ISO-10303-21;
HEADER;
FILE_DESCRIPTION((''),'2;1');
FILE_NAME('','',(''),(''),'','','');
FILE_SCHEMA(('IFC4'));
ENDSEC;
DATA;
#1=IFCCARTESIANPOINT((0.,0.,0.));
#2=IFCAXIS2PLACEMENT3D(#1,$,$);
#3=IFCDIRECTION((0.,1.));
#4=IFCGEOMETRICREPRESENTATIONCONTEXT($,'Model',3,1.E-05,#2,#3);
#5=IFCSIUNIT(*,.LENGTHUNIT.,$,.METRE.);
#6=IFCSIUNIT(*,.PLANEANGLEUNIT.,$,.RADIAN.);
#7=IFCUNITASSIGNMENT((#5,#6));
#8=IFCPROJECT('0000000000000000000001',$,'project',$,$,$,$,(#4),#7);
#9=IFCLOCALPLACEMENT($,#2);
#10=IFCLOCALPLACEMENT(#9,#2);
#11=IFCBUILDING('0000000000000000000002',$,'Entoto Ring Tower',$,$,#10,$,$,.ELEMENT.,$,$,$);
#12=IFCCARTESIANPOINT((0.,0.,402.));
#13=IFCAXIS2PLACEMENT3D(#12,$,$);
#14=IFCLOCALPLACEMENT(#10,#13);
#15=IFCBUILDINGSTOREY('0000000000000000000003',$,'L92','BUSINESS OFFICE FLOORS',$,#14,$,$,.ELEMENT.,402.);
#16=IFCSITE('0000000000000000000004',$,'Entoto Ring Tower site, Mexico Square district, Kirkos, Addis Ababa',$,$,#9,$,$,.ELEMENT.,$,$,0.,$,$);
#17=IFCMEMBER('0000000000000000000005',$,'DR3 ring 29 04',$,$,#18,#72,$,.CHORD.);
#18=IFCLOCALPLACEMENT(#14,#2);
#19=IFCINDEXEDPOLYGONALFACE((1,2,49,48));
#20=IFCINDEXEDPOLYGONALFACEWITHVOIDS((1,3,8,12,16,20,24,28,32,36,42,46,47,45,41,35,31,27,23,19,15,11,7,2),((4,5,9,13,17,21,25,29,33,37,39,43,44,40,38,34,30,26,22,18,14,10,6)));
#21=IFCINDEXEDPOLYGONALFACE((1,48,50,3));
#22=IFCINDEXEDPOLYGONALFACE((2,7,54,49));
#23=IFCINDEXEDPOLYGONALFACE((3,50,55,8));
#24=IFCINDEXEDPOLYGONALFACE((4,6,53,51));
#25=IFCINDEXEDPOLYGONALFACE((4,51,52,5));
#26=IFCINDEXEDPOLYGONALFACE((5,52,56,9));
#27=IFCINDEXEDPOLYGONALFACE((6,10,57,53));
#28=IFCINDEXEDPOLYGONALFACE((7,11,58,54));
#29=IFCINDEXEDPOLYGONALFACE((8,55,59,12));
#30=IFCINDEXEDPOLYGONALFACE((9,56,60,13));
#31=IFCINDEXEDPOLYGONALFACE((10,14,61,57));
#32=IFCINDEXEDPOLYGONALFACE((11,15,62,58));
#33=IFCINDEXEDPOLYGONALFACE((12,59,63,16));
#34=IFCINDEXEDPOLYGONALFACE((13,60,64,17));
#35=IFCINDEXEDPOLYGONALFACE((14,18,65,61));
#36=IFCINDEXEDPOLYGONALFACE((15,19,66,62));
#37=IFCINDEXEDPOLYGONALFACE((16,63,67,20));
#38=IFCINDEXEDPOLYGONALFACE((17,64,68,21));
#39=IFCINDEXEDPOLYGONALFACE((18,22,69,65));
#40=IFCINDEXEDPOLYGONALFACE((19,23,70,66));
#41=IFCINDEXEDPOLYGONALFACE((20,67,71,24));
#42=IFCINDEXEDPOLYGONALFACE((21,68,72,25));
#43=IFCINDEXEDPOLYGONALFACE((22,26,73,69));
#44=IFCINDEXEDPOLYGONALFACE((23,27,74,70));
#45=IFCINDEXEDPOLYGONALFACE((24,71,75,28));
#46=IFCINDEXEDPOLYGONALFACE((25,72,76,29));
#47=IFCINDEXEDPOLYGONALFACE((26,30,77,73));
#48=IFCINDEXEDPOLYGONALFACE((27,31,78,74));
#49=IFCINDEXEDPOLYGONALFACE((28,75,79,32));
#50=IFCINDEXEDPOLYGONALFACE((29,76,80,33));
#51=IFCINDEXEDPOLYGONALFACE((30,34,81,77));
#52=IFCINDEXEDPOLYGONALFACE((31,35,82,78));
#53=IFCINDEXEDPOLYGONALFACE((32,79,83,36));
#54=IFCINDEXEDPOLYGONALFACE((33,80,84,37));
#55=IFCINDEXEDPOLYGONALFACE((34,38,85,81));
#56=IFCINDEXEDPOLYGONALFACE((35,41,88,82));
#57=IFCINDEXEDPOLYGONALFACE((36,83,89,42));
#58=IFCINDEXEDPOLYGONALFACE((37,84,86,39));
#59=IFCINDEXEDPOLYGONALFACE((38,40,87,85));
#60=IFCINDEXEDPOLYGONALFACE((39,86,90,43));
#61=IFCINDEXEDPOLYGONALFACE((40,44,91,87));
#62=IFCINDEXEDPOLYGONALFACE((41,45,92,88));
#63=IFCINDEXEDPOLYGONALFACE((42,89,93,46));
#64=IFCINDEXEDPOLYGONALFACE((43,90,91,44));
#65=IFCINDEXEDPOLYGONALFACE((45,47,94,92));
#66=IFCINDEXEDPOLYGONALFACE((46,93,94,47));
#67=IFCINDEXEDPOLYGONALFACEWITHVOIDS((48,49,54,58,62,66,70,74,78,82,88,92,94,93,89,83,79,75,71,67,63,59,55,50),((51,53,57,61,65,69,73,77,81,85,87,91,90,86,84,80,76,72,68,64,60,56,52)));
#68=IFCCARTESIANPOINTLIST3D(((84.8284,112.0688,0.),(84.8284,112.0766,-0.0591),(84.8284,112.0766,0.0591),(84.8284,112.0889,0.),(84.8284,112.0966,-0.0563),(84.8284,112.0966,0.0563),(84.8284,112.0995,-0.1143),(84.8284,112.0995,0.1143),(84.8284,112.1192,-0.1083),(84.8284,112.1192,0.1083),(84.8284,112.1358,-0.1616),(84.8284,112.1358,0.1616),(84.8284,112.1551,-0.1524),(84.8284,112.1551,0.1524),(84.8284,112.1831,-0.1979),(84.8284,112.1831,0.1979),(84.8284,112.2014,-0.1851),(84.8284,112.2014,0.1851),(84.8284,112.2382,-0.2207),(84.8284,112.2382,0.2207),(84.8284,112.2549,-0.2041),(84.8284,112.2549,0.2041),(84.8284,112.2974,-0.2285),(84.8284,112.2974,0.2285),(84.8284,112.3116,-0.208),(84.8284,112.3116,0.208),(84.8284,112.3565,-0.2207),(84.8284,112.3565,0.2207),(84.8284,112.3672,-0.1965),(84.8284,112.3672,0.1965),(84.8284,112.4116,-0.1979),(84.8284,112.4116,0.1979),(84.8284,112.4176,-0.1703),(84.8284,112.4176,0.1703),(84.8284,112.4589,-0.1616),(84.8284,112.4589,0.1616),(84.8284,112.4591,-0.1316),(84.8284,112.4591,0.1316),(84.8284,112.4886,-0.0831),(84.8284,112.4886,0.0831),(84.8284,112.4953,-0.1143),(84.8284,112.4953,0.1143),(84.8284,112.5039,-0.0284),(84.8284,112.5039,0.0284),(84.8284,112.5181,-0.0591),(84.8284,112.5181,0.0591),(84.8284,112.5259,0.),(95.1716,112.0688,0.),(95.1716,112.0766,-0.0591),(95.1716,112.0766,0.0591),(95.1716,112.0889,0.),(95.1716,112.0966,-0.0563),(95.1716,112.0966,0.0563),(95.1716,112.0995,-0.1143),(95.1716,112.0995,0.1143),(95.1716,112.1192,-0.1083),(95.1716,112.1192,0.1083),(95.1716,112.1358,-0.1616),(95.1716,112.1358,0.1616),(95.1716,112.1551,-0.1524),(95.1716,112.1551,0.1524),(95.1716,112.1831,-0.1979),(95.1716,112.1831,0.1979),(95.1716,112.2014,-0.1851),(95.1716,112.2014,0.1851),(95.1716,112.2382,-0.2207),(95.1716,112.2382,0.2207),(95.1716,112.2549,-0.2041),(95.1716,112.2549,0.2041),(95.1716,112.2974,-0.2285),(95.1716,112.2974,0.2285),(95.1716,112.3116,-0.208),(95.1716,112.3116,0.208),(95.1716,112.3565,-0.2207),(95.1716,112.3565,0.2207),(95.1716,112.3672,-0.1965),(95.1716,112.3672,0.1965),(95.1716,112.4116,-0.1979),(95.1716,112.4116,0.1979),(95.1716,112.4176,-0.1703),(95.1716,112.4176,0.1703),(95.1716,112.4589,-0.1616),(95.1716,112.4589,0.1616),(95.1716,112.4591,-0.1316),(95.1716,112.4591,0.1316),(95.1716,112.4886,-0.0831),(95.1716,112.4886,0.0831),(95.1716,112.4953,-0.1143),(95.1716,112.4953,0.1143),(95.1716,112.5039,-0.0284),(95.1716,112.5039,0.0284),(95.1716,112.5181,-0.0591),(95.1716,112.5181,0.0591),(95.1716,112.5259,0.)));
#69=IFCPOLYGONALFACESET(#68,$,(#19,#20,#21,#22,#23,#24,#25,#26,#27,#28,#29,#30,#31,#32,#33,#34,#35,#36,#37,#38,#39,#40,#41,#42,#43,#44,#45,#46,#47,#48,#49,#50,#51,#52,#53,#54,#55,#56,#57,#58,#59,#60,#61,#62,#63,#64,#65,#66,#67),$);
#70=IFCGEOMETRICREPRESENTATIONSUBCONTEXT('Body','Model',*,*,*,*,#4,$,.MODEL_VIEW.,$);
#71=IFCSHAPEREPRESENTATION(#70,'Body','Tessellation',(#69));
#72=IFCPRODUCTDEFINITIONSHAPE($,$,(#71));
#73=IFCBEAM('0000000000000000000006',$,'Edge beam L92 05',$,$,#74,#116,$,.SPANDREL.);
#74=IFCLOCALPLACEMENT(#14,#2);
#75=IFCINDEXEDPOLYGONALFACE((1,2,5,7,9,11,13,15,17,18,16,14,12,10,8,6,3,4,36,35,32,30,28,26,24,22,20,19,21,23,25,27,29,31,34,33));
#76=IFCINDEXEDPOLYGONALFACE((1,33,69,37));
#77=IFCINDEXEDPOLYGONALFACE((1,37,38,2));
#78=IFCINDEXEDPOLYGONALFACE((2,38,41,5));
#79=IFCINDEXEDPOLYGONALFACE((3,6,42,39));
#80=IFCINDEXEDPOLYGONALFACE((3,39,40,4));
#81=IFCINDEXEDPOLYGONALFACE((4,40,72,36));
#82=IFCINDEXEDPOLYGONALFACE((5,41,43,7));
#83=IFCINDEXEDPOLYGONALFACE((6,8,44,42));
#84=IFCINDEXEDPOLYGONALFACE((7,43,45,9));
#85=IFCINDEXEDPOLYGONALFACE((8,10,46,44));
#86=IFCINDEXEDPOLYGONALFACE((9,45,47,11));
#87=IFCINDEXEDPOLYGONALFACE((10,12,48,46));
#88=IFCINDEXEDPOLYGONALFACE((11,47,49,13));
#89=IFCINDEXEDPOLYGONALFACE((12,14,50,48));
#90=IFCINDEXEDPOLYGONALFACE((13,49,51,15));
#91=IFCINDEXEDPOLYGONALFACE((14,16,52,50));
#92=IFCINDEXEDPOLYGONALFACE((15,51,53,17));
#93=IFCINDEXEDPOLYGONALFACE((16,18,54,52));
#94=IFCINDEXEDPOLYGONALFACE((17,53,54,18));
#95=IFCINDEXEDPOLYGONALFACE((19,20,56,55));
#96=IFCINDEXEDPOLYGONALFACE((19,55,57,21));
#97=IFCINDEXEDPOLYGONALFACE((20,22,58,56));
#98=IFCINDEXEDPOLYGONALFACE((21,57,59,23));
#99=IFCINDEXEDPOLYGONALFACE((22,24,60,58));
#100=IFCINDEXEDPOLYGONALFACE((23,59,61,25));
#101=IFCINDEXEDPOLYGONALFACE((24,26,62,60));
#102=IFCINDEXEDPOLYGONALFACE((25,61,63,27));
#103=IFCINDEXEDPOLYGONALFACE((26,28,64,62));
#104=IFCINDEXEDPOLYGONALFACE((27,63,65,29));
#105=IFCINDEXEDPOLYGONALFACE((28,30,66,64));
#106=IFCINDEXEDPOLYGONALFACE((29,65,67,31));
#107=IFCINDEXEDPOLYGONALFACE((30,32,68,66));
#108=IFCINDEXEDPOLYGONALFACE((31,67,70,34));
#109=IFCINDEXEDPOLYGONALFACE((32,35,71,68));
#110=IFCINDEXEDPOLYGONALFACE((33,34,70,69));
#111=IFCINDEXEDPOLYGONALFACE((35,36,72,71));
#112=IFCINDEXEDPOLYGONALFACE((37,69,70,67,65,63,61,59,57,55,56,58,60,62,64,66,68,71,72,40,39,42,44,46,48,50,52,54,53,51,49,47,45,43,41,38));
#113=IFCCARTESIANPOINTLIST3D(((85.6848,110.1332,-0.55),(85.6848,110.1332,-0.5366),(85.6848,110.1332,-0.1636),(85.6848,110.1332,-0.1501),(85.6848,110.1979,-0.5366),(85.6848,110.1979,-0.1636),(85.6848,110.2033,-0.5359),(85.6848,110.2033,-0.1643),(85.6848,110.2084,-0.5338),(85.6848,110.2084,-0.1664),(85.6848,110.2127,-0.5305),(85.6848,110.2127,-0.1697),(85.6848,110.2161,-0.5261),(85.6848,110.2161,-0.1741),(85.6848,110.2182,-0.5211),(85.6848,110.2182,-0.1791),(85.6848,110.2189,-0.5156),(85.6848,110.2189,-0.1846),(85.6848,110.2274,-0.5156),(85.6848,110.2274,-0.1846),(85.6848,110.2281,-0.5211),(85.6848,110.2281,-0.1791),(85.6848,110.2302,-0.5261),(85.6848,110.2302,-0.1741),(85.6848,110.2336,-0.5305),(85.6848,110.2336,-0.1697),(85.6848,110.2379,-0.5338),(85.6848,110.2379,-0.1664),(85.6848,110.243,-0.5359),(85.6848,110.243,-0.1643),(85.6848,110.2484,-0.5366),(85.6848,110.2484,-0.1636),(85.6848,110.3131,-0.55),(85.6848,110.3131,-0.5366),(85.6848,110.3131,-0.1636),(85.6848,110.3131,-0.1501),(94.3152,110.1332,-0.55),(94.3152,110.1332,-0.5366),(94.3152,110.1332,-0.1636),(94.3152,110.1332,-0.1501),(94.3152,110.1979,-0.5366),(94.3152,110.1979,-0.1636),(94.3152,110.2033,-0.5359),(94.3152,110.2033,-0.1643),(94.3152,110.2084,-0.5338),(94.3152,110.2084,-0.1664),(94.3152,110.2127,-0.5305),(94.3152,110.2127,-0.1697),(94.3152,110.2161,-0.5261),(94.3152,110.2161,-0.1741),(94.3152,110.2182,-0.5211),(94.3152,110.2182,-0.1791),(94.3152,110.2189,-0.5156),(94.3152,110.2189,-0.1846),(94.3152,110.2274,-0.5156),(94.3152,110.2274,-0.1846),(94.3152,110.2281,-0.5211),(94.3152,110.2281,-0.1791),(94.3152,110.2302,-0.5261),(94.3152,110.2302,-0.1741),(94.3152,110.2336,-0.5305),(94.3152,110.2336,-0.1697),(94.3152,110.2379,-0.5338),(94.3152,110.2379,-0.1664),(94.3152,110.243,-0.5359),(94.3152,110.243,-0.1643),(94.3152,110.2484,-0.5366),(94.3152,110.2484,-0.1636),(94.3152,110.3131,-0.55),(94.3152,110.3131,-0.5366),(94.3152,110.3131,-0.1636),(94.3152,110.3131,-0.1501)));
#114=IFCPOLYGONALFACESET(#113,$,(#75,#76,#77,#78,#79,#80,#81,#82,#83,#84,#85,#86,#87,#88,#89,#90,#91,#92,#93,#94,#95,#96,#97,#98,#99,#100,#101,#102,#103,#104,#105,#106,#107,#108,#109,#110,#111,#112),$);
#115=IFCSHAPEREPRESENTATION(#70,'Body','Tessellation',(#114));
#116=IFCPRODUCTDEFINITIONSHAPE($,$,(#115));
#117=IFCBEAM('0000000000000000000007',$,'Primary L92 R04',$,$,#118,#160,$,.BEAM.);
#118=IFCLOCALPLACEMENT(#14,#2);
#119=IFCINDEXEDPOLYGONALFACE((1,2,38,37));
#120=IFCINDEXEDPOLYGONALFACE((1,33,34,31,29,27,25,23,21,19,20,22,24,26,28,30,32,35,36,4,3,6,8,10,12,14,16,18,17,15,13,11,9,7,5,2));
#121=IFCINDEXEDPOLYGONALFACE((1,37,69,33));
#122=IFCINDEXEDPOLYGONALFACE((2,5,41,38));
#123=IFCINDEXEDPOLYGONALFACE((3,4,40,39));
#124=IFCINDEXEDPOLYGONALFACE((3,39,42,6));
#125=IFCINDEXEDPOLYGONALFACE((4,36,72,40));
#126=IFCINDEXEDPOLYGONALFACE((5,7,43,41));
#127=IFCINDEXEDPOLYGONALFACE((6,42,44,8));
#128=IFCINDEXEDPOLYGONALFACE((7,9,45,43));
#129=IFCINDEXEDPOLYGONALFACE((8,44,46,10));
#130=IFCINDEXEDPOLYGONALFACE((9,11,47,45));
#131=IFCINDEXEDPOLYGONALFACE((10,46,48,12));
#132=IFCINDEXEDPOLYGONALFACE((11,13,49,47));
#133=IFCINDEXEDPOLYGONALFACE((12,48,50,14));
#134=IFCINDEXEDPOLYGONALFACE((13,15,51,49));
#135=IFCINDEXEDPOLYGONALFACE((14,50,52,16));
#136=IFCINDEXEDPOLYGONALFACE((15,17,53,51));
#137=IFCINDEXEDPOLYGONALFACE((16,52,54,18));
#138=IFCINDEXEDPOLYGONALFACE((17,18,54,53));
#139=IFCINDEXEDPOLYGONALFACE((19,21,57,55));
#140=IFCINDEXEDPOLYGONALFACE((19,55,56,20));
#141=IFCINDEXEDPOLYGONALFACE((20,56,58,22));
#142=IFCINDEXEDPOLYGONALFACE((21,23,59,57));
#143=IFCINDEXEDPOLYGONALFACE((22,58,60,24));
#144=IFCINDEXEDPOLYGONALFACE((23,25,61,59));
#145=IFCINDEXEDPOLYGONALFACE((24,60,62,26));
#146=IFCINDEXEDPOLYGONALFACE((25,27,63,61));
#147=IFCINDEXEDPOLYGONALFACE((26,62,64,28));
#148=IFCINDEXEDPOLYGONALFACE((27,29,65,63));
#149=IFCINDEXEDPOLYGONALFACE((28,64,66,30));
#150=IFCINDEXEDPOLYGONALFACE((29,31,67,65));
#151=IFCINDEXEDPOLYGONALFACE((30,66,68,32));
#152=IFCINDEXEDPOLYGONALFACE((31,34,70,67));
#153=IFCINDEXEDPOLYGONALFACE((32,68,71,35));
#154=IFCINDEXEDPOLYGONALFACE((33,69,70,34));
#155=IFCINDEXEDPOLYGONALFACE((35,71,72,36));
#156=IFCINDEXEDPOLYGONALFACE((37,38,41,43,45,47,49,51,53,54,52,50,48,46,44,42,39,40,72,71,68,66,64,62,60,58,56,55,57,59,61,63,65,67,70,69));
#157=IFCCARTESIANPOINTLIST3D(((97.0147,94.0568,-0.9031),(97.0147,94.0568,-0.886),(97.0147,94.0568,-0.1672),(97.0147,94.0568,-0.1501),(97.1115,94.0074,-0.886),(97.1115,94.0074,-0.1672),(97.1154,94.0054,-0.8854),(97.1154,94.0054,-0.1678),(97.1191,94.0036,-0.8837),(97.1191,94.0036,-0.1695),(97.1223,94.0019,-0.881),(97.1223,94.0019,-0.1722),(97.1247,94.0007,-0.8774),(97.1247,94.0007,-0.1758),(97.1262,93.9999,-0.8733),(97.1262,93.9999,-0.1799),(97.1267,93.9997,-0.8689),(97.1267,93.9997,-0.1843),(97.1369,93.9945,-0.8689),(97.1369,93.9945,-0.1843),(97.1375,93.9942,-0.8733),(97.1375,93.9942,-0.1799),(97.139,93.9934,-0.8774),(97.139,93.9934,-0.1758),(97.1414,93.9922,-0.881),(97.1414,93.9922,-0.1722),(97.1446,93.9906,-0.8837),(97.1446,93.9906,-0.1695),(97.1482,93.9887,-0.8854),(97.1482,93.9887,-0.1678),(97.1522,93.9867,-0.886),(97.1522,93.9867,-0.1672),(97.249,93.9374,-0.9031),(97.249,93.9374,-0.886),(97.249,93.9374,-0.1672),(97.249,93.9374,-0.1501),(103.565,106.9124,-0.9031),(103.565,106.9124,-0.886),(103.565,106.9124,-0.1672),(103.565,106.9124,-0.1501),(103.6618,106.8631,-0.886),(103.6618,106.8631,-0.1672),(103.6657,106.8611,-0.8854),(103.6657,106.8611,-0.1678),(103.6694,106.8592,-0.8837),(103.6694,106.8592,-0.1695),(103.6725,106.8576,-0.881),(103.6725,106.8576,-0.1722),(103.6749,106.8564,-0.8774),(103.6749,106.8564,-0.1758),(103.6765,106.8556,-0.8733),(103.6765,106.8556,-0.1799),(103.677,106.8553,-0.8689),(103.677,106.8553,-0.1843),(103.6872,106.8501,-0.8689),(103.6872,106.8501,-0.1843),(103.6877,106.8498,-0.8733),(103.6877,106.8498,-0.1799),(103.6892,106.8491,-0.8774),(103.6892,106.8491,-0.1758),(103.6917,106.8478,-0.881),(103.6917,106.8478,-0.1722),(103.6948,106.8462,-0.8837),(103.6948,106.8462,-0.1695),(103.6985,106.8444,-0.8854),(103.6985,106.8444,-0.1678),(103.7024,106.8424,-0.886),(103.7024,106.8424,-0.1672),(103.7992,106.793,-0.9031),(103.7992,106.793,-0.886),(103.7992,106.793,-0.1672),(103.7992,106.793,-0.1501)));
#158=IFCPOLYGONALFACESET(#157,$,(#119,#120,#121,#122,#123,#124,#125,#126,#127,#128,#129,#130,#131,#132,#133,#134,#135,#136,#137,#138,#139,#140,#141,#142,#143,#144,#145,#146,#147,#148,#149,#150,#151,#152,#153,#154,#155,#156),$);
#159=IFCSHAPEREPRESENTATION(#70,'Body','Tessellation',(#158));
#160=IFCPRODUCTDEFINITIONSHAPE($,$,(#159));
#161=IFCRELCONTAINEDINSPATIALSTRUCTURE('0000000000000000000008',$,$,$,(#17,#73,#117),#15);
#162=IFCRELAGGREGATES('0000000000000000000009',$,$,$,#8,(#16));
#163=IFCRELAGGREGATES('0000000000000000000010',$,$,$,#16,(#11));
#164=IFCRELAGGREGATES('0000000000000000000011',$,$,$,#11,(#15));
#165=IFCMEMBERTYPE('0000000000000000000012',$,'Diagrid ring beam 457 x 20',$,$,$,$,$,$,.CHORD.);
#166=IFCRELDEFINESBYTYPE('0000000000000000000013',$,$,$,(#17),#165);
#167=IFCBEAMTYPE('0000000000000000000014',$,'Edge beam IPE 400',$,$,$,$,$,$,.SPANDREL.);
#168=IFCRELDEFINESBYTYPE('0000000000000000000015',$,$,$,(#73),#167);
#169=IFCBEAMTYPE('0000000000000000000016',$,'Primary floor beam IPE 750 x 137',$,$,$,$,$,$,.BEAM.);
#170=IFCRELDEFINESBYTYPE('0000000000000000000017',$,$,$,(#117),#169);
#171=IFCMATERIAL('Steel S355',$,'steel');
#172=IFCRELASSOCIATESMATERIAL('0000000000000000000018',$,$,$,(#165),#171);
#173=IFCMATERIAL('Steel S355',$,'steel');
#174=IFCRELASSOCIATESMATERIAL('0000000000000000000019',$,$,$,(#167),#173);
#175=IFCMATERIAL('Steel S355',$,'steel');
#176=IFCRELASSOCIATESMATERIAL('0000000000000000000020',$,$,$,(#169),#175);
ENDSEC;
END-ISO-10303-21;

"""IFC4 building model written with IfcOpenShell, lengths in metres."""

from ifc_helpers import new_model, si_unit, direction, frame, origin, origin_2d, place, context, subcontext, project, spatial, circle, hollow_circle, i_section, extrude, material, material_profile, profile_set, type_object, element, save


model = new_model("IFC4")

# Units and contexts
model_context = context("Model", 3, precision=1e-05, world=origin(), true_north=direction((0.0, 1.0)))
body_context = subcontext(model_context, "Body", "Model", "MODEL_VIEW")
ifc_project = project(units=[si_unit("LENGTHUNIT", "METRE"), si_unit("PLANEANGLEUNIT", "RADIAN")], contexts=[model_context])

# Site, building, storey
site_placement = place(None, origin())
site = spatial("IfcSite", under=ifc_project, at=site_placement, Name="Entoto Ring Tower site, Mexico Square district, Kirkos, Addis Ababa", CompositionType="ELEMENT", RefElevation=0.0)
building_placement = place(site_placement, origin())
building = spatial("IfcBuilding", under=site, at=building_placement, Name="Entoto Ring Tower", CompositionType="ELEMENT")
storey_placement = place(building_placement, frame((0.0, 0.0, 402.0)))
storey = spatial("IfcBuildingStorey", under=building, at=storey_placement, Name="L92", Description="BUSINESS OFFICE FLOORS", CompositionType="ELEMENT", Elevation=402.0)

# Member
ifc_material_1 = material(Name="Steel S355", Category="steel")
ifc_material_profile_1 = material_profile(ifc_material_1, hollow_circle(Radius=0.2285, WallThickness=0.02, at=origin_2d()), Name="CHS 457 x 20")
ifc_material_2 = material(Name="Concrete C60/75", Category="concrete")
ifc_material_profile_2 = material_profile(ifc_material_2, circle(Radius=0.2085, at=origin_2d()), Name="Concrete C60/75 infill")
ifc_profile_set_1 = profile_set([ifc_material_profile_1, ifc_material_profile_2], Name="Steel S355")
member_type = type_object("IfcMemberType", Name="Diagrid ring beam 457 x 20", PredefinedType="CHORD", material=ifc_profile_set_1)
member_placement = place(storey_placement, frame((95.1716, 112.2974, 0.0), z_axis=(-1.0, 0.0, 0.0), x_axis=(0.0, -1.0, 0.0)))
element("IfcMember", 1, at=member_placement, inside=storey, type_object=member_type, Name="DR3 ring 29 04", PredefinedType="CHORD", context=body_context, shape_type="SweptSolid", body=[
    extrude(hollow_circle(Radius=0.2285, WallThickness=0.02, at=origin_2d()), origin(), (0.0, 0.0, 1.0), 10.3433),
])

# Beams
ifc_material_3 = material(Name="Steel S355", Category="steel")
ifc_material_profile_3 = material_profile(ifc_material_3, i_section(OverallWidth=0.1799, OverallDepth=0.3999, WebThickness=0.0085, FlangeThickness=0.0134, FilletRadius=0.021, at=origin_2d()), Name="IPE 400")
ifc_profile_set_2 = profile_set([ifc_material_profile_3], Name="Steel S355")
beam_type_1 = type_object("IfcBeamType", Name="Edge beam IPE 400", PredefinedType="SPANDREL", material=ifc_profile_set_2)
beam_1_placement = place(storey_placement, frame((94.3152, 110.2231, -0.3501), z_axis=(-1.0, 0.0, 0.0), x_axis=(0.0, -1.0, 0.0)))
element("IfcBeam", 2, at=beam_1_placement, inside=storey, type_object=beam_type_1, Name="Edge beam L92 05", PredefinedType="SPANDREL", context=body_context, shape_type="SweptSolid", body=[
    extrude(i_section(OverallWidth=0.1799, OverallDepth=0.3999, WebThickness=0.0085, FlangeThickness=0.0134, FilletRadius=0.021, at=origin_2d()), origin(), (0.0, 0.0, 1.0), 8.6304),
])
ifc_material_4 = material(Name="Steel S355", Category="steel")
ifc_material_profile_4 = material_profile(ifc_material_4, i_section(OverallWidth=0.2629, OverallDepth=0.7529, WebThickness=0.0115, FlangeThickness=0.0171, FilletRadius=0.0171, at=origin_2d()), Name="IPE 750 x 137")
ifc_profile_set_3 = profile_set([ifc_material_profile_4], Name="Steel S355")
beam_type_2 = type_object("IfcBeamType", Name="Primary floor beam IPE 750 x 137", PredefinedType="BEAM", material=ifc_profile_set_3)
beam_2_placement = place(storey_placement, frame((97.1318, 93.9971, -0.5266), z_axis=(0.453989, 0.891007, 0.0), x_axis=(-0.891007, 0.453989, 0.0)))
element("IfcBeam", 3, at=beam_2_placement, inside=storey, type_object=beam_type_2, Name="Primary L92 R04", PredefinedType="BEAM", context=body_context, shape_type="SweptSolid", body=[
    extrude(i_section(OverallWidth=0.2629, OverallDepth=0.7529, WebThickness=0.0115, FlangeThickness=0.0171, FilletRadius=0.0171, at=origin_2d()), origin(), (0.0, 0.0, 1.0), 14.4282),
])

save(model, "model.ifc")
